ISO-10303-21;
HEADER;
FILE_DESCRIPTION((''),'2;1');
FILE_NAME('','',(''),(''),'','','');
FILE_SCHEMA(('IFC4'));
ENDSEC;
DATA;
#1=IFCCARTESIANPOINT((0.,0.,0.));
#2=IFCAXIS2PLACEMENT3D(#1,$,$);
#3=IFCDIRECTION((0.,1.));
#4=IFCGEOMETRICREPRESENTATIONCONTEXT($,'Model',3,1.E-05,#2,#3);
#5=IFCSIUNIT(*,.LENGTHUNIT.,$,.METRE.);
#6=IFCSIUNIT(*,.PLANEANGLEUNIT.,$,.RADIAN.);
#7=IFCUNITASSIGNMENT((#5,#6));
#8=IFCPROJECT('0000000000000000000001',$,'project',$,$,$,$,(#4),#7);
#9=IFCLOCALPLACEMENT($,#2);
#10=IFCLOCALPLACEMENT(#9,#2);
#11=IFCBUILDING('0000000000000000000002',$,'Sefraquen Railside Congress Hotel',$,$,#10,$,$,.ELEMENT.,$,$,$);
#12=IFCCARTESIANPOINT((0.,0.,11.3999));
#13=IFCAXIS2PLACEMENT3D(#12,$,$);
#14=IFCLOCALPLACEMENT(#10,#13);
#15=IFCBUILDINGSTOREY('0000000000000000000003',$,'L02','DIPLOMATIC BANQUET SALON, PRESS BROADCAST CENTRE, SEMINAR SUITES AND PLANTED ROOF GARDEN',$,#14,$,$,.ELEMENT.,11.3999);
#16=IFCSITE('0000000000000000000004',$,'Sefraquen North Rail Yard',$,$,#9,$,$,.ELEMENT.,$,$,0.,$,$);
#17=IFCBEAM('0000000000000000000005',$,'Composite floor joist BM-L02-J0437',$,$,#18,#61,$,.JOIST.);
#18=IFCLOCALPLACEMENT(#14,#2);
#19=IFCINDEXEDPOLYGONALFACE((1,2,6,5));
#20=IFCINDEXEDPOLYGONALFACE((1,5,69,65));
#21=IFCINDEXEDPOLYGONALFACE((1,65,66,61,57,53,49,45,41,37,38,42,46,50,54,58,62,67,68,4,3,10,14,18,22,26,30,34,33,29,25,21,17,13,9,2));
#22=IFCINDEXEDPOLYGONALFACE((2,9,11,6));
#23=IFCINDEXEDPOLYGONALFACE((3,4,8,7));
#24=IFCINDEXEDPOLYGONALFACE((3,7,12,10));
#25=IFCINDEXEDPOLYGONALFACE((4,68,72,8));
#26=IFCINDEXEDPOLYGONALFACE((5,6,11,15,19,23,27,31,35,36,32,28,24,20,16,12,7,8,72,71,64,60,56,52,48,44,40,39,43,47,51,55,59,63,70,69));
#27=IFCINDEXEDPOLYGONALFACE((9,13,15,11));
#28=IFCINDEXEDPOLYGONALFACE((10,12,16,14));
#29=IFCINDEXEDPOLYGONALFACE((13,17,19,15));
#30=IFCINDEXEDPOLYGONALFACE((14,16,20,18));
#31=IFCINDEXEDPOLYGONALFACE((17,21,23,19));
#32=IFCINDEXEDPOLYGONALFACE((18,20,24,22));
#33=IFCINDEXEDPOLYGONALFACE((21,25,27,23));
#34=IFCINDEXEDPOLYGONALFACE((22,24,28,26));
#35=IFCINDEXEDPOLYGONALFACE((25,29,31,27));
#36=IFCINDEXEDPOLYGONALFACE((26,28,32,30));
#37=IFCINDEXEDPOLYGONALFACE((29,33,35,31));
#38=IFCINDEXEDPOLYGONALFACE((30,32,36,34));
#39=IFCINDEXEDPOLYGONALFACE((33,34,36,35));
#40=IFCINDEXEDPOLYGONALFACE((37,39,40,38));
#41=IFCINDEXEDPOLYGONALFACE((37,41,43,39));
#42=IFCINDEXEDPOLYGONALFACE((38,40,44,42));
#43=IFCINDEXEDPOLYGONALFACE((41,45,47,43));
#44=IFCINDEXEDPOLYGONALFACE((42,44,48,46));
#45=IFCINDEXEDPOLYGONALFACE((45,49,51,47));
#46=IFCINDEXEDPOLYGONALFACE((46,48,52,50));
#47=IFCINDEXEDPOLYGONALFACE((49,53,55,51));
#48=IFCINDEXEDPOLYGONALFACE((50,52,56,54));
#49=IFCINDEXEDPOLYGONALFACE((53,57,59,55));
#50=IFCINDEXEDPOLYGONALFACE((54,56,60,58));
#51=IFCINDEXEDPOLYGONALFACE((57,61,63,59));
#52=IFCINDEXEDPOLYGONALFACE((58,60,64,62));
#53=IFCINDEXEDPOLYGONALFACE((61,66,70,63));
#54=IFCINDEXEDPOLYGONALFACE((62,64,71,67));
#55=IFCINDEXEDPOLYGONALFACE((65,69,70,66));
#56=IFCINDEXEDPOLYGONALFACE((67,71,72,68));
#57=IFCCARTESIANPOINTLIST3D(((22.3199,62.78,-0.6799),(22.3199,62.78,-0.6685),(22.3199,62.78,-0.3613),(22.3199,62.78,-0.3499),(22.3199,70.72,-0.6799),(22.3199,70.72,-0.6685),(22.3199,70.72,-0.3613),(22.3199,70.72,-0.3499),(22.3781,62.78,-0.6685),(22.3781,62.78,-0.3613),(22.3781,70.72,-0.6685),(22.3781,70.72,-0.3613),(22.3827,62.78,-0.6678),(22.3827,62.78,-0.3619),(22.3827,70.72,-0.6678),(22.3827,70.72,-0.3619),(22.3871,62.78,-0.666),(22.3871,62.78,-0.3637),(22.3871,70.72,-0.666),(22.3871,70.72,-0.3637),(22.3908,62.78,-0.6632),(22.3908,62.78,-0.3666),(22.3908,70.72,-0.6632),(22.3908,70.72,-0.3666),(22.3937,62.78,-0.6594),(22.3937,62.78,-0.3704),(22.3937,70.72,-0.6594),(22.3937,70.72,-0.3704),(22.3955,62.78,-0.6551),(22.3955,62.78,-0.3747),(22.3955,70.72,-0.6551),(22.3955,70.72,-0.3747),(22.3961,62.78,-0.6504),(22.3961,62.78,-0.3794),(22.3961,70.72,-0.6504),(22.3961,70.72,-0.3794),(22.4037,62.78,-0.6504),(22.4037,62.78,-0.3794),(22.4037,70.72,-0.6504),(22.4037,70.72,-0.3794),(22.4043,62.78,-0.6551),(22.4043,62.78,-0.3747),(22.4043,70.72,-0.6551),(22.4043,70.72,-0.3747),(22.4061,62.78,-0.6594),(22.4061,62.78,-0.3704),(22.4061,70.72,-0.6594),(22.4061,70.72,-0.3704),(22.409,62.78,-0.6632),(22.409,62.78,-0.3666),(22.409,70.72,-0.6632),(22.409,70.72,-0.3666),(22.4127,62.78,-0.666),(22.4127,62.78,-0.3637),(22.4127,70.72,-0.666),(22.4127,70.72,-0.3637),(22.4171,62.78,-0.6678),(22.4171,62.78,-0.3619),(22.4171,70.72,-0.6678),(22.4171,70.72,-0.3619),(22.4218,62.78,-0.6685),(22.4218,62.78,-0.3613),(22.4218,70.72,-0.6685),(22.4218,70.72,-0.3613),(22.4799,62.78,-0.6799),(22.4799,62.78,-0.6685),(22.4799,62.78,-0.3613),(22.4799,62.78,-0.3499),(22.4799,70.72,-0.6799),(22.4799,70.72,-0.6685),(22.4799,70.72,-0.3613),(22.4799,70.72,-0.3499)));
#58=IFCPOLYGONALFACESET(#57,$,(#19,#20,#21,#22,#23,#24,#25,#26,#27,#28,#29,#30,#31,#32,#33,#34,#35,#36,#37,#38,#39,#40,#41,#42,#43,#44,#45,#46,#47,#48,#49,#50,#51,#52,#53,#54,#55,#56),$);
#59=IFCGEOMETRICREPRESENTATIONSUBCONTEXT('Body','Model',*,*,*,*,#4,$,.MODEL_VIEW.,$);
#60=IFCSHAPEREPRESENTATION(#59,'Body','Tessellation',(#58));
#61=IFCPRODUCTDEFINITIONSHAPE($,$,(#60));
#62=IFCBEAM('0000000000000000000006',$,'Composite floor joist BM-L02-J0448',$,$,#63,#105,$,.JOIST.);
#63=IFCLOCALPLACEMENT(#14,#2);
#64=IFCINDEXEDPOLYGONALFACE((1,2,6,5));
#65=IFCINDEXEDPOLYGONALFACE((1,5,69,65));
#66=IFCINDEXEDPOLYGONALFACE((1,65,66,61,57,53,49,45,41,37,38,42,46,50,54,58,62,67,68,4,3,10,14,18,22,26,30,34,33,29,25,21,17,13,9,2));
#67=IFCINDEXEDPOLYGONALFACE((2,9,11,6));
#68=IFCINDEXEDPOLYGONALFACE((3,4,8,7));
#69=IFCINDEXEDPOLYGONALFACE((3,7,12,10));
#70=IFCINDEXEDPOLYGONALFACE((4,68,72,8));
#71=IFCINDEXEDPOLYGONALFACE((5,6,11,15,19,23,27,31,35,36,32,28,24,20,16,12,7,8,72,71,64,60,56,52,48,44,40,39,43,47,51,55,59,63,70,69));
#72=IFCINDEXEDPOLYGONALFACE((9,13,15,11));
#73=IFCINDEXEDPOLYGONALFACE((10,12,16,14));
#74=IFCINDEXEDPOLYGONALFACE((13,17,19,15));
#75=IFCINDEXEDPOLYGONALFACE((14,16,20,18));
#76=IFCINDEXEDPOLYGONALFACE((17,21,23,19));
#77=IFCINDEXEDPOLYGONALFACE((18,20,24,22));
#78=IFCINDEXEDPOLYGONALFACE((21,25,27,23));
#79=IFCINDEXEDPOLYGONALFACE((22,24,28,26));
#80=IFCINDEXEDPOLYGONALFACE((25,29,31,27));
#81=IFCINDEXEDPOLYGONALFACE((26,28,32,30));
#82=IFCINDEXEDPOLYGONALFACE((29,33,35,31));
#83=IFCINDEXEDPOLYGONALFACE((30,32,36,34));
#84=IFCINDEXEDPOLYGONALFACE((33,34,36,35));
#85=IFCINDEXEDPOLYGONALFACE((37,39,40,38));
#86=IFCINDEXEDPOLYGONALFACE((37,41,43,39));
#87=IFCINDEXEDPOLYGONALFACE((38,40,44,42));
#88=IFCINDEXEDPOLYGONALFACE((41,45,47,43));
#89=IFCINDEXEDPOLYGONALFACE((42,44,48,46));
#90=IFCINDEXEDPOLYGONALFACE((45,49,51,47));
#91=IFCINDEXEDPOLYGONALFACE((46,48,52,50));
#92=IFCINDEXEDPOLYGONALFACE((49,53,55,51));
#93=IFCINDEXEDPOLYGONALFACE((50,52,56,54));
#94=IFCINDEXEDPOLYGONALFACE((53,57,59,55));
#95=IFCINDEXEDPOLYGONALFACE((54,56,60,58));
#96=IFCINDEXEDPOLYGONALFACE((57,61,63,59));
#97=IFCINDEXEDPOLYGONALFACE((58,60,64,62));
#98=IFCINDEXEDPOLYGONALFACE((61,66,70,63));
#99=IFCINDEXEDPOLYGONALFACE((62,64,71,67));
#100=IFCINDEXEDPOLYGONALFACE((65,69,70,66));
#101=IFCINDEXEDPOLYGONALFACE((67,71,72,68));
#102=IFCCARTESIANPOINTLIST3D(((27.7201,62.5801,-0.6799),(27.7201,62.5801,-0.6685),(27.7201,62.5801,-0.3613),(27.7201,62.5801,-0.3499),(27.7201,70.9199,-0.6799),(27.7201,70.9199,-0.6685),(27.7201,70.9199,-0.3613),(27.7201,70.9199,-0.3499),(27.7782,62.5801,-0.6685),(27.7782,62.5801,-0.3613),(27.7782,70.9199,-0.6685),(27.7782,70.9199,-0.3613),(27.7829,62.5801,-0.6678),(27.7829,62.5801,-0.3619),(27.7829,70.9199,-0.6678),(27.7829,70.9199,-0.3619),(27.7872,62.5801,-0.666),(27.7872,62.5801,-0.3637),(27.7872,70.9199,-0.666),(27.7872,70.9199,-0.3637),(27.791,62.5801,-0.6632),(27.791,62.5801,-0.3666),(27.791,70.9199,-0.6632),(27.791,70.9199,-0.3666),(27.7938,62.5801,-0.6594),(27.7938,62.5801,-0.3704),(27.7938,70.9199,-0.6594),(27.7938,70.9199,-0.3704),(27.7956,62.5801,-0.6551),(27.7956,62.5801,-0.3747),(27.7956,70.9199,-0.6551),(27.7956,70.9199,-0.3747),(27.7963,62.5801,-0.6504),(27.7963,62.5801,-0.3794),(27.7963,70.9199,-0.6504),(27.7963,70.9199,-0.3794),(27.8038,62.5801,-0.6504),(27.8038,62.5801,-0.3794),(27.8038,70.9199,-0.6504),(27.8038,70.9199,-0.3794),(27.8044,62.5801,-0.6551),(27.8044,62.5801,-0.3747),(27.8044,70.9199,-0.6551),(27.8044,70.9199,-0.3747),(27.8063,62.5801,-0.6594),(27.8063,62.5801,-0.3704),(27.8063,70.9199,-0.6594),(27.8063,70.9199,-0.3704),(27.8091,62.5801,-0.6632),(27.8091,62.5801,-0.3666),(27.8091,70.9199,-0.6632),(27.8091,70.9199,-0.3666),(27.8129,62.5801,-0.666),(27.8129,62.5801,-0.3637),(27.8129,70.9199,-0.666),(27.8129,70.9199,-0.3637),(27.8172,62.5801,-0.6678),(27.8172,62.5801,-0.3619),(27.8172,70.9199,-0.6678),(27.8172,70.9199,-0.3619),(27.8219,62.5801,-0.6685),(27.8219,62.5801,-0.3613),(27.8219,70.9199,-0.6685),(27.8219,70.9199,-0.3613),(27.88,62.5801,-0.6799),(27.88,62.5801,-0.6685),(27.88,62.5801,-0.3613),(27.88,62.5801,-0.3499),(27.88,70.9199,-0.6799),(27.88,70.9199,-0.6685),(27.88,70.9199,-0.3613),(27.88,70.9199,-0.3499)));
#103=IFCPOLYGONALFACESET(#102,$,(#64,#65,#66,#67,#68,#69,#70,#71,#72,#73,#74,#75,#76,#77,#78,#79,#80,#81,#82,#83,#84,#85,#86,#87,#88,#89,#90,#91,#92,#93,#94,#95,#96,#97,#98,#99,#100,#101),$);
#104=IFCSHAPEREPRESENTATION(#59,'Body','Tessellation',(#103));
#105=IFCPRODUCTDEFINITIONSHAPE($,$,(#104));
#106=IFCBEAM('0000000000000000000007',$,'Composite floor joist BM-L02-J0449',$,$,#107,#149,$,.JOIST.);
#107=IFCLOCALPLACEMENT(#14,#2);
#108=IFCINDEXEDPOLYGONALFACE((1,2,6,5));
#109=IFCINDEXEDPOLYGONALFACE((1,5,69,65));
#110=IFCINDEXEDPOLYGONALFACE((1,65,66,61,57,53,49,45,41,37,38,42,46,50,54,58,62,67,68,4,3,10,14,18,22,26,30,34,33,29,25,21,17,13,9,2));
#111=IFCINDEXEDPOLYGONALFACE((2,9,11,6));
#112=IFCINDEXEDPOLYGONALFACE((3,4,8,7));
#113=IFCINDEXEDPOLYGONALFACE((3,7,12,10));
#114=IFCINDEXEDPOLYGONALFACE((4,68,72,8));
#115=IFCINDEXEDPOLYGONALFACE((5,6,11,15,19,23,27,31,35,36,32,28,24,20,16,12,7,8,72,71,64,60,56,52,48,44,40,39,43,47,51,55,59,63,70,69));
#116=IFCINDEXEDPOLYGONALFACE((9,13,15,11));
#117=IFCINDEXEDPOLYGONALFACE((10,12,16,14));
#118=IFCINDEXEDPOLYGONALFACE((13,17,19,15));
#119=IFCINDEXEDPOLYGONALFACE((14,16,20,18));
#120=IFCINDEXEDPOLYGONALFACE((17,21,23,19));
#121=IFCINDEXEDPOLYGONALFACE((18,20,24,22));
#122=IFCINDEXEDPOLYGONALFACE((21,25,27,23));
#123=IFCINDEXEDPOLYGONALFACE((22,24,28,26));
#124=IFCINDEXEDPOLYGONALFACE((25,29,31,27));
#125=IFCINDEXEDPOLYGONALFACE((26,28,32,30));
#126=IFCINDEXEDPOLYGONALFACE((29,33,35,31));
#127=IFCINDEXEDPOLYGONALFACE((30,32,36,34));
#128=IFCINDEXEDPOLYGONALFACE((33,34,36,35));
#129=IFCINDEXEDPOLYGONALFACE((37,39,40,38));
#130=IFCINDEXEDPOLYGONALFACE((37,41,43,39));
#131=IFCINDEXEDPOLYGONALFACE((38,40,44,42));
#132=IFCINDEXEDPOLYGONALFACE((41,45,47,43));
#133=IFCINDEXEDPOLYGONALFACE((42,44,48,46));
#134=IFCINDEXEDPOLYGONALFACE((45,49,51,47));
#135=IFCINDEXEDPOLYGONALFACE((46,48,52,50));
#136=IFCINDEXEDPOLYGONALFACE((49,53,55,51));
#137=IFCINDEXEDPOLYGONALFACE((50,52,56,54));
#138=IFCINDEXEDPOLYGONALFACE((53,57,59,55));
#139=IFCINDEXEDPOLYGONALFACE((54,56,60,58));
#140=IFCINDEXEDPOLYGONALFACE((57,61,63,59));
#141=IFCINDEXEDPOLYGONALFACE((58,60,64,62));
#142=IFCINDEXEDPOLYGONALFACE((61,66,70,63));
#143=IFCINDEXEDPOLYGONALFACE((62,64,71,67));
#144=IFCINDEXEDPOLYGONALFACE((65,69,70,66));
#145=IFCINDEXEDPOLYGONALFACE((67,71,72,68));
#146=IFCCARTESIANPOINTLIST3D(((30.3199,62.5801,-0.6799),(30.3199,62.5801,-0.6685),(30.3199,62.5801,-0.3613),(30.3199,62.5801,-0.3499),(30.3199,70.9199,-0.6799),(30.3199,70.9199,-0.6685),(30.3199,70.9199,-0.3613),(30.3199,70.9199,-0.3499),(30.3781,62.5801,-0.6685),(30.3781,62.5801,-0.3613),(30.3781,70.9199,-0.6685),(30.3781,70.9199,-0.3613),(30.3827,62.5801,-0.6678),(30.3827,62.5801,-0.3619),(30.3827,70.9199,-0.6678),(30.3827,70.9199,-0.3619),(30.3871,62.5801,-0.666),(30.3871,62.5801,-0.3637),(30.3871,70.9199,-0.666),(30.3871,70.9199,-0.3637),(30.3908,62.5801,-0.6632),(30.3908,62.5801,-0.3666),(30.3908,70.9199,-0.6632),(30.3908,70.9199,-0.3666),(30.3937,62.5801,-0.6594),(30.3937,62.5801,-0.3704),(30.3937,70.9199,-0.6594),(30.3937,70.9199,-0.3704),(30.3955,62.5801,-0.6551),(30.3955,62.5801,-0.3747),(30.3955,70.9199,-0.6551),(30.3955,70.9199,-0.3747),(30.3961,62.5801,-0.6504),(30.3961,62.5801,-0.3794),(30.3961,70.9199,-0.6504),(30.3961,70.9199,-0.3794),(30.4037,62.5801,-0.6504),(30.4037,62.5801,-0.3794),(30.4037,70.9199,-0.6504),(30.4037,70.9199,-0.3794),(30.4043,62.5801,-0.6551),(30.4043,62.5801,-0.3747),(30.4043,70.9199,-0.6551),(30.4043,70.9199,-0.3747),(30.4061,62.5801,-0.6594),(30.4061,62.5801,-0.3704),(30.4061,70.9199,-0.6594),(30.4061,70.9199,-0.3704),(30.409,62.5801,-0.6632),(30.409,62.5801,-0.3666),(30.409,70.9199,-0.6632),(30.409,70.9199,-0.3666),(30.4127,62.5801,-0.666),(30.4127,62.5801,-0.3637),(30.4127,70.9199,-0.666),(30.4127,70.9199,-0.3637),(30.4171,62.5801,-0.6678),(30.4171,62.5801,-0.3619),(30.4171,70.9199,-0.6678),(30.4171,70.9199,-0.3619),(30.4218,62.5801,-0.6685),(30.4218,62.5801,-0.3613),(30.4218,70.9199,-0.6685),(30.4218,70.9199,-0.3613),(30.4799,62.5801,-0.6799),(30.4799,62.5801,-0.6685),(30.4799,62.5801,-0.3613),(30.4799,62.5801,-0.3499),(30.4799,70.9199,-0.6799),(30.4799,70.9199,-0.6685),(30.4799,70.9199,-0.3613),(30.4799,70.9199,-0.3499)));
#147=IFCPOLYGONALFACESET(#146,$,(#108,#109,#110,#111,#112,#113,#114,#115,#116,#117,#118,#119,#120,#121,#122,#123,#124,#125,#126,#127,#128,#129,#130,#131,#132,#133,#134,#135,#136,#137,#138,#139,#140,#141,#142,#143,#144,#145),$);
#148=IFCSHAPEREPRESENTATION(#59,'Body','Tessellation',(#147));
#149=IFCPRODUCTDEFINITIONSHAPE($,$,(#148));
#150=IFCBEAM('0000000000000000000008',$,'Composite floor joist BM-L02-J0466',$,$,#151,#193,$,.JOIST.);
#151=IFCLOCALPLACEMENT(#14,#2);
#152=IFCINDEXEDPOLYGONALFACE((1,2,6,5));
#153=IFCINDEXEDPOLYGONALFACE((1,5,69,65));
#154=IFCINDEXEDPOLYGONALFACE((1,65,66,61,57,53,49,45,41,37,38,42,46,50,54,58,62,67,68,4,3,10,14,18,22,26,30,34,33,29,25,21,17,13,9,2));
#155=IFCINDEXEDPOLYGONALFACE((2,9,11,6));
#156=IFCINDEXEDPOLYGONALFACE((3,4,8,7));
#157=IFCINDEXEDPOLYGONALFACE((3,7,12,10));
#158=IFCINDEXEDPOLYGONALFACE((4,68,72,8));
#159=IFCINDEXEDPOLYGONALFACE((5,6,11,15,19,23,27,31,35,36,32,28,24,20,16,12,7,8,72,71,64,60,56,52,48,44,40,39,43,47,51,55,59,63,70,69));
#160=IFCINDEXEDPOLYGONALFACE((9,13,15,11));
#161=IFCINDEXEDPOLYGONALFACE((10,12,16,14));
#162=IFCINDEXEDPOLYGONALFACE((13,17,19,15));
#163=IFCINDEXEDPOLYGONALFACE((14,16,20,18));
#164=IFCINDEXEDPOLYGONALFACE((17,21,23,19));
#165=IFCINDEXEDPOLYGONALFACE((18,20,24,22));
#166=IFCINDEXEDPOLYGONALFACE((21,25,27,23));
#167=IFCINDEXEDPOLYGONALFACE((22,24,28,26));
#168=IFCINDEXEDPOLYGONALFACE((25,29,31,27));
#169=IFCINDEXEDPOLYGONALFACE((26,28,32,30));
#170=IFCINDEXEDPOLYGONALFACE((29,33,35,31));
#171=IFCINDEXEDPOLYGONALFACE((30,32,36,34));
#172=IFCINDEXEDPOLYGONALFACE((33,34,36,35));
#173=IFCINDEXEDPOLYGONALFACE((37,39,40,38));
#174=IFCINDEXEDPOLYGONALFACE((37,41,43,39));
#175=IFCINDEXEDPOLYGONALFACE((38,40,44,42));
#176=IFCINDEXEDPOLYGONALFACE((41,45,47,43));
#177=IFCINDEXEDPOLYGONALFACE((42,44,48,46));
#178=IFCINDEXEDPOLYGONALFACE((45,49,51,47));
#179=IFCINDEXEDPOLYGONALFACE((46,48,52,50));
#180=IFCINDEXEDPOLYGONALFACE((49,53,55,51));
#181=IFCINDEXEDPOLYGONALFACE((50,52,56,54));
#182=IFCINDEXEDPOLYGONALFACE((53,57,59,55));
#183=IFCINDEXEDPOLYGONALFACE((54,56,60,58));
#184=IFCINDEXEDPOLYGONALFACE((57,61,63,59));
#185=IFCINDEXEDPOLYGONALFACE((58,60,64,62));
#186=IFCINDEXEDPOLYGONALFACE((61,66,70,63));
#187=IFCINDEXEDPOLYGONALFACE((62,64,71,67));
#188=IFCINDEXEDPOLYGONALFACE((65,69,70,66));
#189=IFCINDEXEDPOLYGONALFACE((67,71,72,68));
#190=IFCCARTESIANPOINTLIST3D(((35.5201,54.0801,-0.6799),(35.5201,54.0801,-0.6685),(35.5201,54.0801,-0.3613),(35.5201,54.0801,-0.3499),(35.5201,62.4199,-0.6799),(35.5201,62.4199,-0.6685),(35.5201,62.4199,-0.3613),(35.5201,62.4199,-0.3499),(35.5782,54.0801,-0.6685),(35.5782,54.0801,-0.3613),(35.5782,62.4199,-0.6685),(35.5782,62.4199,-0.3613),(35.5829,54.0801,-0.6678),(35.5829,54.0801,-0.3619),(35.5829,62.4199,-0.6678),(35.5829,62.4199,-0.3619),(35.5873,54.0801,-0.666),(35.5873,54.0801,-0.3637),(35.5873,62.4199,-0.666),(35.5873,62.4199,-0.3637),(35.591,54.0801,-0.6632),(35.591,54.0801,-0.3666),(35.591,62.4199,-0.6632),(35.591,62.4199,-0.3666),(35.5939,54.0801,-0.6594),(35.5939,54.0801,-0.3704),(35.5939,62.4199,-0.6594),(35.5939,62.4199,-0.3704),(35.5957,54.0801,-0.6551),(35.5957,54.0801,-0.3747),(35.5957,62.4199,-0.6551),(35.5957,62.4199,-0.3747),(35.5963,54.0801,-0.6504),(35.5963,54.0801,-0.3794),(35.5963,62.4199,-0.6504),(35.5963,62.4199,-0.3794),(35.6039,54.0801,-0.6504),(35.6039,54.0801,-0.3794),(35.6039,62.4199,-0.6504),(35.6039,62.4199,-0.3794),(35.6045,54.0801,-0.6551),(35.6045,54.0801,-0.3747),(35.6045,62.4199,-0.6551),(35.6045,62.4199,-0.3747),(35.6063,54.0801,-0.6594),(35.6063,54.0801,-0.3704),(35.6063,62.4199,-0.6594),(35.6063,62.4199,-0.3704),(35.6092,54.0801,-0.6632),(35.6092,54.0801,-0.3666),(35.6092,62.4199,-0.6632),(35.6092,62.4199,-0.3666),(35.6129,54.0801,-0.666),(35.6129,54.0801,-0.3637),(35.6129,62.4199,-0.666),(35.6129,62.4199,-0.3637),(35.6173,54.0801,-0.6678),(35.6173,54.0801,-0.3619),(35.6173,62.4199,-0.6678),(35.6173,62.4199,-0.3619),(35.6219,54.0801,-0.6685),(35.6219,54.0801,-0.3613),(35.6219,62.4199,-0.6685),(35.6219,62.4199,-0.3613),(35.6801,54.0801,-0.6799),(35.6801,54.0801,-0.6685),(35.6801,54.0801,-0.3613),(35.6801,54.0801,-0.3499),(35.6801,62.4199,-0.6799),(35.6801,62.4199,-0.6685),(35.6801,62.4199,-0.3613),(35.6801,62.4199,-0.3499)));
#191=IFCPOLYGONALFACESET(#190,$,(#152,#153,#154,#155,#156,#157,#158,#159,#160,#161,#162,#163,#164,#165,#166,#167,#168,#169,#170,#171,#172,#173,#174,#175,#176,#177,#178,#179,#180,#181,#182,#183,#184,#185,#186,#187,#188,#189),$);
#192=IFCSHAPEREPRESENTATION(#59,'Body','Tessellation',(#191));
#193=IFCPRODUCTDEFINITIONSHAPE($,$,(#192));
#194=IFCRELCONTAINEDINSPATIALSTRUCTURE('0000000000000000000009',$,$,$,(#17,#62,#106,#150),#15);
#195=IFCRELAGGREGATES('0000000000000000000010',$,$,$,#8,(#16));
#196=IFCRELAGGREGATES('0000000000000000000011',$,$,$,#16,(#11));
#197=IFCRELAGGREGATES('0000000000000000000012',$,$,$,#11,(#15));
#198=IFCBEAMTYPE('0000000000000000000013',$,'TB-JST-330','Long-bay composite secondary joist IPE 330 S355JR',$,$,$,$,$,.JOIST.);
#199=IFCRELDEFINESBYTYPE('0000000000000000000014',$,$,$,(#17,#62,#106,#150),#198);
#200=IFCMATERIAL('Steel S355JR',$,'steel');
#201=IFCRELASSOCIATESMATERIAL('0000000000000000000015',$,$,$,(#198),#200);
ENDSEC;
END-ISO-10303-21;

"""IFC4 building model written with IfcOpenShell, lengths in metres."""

from ifc_helpers import new_model, si_unit, direction, frame, origin, origin_2d, place, context, subcontext, project, spatial, i_section, extrude, material, material_profile, profile_set, type_object, element, save


model = new_model("IFC4")

# Units and contexts
model_context = context("Model", 3, precision=1e-05, world=origin(), true_north=direction((0.0, 1.0)))
body_context = subcontext(model_context, "Body", "Model", "MODEL_VIEW")
ifc_project = project(units=[si_unit("LENGTHUNIT", "METRE"), si_unit("PLANEANGLEUNIT", "RADIAN")], contexts=[model_context])

# Site, building, storey
site_placement = place(None, origin())
site = spatial("IfcSite", under=ifc_project, at=site_placement, Name="Sefraquen North Rail Yard", CompositionType="ELEMENT", RefElevation=0.0)
building_placement = place(site_placement, origin())
building = spatial("IfcBuilding", under=site, at=building_placement, Name="Sefraquen Railside Congress Hotel", CompositionType="ELEMENT")
storey_placement = place(building_placement, frame((0.0, 0.0, 11.3999)))
storey = spatial("IfcBuildingStorey", under=building, at=storey_placement, Name="L02", Description="DIPLOMATIC BANQUET SALON, PRESS BROADCAST CENTRE, SEMINAR SUITES AND PLANTED ROOF GARDEN", CompositionType="ELEMENT", Elevation=11.3999)

# Shared definitions
ifc_material_1 = material(Name="Steel S355JR", Category="steel")

# Beams
ifc_material_profile_1 = material_profile(ifc_material_1, i_section(OverallWidth=0.1599, OverallDepth=0.3301, WebThickness=0.0076, FlangeThickness=0.0115, FilletRadius=0.0181, at=origin_2d()), Name="IPE 330")
ifc_profile_set_1 = profile_set([ifc_material_profile_1], Name="Steel S355JR")
beam_type_1 = type_object("IfcBeamType", Name="TB-JST-330", Description="Long-bay composite secondary joist IPE 330 S355JR", PredefinedType="JOIST", material=ifc_profile_set_1)
beam_placement = place(storey_placement, frame((22.3999, 62.78, -0.5149), z_axis=(0.0, 1.0, 0.0), x_axis=(-1.0, 0.0, 0.0)))
element("IfcBeam", 1, at=beam_placement, inside=storey, type_object=beam_type_1, Name="Composite floor joist BM-L02-J0437", PredefinedType="JOIST", context=body_context, shape_type="SweptSolid", body=[
    extrude(i_section(OverallWidth=0.1599, OverallDepth=0.3301, WebThickness=0.0076, FlangeThickness=0.0115, FilletRadius=0.0181, at=origin_2d()), origin(), (0.0, 0.0, 1.0), 7.9399),
])
for number, where, z_axis, x_axis, name in (
    (2, (27.8, 62.5801, -0.5149), (0.0, 1.0, 0.0), (-1.0, 0.0, 0.0), "Composite floor joist BM-L02-J0448"),
    (3, (30.3999, 62.5801, -0.5149), (0.0, 1.0, 0.0), (-1.0, 0.0, 0.0), "Composite floor joist BM-L02-J0449"),
    (4, (35.6001, 54.0801, -0.5149), (0.0, 1.0, 0.0), (-1.0, 0.0, 0.0), "Composite floor joist BM-L02-J0466"),
):
    element("IfcBeam", number, at=place(storey_placement, frame(where, z_axis=z_axis, x_axis=x_axis)), inside=storey, type_object=beam_type_1, Name=name, PredefinedType="JOIST", context=body_context, shape_type="SweptSolid", body=[
        extrude(i_section(OverallWidth=0.1599, OverallDepth=0.3301, WebThickness=0.0076, FlangeThickness=0.0115, FilletRadius=0.0181, at=origin_2d()), origin(), (0.0, 0.0, 1.0), 8.3398),
    ])

save(model, "model.ifc")
